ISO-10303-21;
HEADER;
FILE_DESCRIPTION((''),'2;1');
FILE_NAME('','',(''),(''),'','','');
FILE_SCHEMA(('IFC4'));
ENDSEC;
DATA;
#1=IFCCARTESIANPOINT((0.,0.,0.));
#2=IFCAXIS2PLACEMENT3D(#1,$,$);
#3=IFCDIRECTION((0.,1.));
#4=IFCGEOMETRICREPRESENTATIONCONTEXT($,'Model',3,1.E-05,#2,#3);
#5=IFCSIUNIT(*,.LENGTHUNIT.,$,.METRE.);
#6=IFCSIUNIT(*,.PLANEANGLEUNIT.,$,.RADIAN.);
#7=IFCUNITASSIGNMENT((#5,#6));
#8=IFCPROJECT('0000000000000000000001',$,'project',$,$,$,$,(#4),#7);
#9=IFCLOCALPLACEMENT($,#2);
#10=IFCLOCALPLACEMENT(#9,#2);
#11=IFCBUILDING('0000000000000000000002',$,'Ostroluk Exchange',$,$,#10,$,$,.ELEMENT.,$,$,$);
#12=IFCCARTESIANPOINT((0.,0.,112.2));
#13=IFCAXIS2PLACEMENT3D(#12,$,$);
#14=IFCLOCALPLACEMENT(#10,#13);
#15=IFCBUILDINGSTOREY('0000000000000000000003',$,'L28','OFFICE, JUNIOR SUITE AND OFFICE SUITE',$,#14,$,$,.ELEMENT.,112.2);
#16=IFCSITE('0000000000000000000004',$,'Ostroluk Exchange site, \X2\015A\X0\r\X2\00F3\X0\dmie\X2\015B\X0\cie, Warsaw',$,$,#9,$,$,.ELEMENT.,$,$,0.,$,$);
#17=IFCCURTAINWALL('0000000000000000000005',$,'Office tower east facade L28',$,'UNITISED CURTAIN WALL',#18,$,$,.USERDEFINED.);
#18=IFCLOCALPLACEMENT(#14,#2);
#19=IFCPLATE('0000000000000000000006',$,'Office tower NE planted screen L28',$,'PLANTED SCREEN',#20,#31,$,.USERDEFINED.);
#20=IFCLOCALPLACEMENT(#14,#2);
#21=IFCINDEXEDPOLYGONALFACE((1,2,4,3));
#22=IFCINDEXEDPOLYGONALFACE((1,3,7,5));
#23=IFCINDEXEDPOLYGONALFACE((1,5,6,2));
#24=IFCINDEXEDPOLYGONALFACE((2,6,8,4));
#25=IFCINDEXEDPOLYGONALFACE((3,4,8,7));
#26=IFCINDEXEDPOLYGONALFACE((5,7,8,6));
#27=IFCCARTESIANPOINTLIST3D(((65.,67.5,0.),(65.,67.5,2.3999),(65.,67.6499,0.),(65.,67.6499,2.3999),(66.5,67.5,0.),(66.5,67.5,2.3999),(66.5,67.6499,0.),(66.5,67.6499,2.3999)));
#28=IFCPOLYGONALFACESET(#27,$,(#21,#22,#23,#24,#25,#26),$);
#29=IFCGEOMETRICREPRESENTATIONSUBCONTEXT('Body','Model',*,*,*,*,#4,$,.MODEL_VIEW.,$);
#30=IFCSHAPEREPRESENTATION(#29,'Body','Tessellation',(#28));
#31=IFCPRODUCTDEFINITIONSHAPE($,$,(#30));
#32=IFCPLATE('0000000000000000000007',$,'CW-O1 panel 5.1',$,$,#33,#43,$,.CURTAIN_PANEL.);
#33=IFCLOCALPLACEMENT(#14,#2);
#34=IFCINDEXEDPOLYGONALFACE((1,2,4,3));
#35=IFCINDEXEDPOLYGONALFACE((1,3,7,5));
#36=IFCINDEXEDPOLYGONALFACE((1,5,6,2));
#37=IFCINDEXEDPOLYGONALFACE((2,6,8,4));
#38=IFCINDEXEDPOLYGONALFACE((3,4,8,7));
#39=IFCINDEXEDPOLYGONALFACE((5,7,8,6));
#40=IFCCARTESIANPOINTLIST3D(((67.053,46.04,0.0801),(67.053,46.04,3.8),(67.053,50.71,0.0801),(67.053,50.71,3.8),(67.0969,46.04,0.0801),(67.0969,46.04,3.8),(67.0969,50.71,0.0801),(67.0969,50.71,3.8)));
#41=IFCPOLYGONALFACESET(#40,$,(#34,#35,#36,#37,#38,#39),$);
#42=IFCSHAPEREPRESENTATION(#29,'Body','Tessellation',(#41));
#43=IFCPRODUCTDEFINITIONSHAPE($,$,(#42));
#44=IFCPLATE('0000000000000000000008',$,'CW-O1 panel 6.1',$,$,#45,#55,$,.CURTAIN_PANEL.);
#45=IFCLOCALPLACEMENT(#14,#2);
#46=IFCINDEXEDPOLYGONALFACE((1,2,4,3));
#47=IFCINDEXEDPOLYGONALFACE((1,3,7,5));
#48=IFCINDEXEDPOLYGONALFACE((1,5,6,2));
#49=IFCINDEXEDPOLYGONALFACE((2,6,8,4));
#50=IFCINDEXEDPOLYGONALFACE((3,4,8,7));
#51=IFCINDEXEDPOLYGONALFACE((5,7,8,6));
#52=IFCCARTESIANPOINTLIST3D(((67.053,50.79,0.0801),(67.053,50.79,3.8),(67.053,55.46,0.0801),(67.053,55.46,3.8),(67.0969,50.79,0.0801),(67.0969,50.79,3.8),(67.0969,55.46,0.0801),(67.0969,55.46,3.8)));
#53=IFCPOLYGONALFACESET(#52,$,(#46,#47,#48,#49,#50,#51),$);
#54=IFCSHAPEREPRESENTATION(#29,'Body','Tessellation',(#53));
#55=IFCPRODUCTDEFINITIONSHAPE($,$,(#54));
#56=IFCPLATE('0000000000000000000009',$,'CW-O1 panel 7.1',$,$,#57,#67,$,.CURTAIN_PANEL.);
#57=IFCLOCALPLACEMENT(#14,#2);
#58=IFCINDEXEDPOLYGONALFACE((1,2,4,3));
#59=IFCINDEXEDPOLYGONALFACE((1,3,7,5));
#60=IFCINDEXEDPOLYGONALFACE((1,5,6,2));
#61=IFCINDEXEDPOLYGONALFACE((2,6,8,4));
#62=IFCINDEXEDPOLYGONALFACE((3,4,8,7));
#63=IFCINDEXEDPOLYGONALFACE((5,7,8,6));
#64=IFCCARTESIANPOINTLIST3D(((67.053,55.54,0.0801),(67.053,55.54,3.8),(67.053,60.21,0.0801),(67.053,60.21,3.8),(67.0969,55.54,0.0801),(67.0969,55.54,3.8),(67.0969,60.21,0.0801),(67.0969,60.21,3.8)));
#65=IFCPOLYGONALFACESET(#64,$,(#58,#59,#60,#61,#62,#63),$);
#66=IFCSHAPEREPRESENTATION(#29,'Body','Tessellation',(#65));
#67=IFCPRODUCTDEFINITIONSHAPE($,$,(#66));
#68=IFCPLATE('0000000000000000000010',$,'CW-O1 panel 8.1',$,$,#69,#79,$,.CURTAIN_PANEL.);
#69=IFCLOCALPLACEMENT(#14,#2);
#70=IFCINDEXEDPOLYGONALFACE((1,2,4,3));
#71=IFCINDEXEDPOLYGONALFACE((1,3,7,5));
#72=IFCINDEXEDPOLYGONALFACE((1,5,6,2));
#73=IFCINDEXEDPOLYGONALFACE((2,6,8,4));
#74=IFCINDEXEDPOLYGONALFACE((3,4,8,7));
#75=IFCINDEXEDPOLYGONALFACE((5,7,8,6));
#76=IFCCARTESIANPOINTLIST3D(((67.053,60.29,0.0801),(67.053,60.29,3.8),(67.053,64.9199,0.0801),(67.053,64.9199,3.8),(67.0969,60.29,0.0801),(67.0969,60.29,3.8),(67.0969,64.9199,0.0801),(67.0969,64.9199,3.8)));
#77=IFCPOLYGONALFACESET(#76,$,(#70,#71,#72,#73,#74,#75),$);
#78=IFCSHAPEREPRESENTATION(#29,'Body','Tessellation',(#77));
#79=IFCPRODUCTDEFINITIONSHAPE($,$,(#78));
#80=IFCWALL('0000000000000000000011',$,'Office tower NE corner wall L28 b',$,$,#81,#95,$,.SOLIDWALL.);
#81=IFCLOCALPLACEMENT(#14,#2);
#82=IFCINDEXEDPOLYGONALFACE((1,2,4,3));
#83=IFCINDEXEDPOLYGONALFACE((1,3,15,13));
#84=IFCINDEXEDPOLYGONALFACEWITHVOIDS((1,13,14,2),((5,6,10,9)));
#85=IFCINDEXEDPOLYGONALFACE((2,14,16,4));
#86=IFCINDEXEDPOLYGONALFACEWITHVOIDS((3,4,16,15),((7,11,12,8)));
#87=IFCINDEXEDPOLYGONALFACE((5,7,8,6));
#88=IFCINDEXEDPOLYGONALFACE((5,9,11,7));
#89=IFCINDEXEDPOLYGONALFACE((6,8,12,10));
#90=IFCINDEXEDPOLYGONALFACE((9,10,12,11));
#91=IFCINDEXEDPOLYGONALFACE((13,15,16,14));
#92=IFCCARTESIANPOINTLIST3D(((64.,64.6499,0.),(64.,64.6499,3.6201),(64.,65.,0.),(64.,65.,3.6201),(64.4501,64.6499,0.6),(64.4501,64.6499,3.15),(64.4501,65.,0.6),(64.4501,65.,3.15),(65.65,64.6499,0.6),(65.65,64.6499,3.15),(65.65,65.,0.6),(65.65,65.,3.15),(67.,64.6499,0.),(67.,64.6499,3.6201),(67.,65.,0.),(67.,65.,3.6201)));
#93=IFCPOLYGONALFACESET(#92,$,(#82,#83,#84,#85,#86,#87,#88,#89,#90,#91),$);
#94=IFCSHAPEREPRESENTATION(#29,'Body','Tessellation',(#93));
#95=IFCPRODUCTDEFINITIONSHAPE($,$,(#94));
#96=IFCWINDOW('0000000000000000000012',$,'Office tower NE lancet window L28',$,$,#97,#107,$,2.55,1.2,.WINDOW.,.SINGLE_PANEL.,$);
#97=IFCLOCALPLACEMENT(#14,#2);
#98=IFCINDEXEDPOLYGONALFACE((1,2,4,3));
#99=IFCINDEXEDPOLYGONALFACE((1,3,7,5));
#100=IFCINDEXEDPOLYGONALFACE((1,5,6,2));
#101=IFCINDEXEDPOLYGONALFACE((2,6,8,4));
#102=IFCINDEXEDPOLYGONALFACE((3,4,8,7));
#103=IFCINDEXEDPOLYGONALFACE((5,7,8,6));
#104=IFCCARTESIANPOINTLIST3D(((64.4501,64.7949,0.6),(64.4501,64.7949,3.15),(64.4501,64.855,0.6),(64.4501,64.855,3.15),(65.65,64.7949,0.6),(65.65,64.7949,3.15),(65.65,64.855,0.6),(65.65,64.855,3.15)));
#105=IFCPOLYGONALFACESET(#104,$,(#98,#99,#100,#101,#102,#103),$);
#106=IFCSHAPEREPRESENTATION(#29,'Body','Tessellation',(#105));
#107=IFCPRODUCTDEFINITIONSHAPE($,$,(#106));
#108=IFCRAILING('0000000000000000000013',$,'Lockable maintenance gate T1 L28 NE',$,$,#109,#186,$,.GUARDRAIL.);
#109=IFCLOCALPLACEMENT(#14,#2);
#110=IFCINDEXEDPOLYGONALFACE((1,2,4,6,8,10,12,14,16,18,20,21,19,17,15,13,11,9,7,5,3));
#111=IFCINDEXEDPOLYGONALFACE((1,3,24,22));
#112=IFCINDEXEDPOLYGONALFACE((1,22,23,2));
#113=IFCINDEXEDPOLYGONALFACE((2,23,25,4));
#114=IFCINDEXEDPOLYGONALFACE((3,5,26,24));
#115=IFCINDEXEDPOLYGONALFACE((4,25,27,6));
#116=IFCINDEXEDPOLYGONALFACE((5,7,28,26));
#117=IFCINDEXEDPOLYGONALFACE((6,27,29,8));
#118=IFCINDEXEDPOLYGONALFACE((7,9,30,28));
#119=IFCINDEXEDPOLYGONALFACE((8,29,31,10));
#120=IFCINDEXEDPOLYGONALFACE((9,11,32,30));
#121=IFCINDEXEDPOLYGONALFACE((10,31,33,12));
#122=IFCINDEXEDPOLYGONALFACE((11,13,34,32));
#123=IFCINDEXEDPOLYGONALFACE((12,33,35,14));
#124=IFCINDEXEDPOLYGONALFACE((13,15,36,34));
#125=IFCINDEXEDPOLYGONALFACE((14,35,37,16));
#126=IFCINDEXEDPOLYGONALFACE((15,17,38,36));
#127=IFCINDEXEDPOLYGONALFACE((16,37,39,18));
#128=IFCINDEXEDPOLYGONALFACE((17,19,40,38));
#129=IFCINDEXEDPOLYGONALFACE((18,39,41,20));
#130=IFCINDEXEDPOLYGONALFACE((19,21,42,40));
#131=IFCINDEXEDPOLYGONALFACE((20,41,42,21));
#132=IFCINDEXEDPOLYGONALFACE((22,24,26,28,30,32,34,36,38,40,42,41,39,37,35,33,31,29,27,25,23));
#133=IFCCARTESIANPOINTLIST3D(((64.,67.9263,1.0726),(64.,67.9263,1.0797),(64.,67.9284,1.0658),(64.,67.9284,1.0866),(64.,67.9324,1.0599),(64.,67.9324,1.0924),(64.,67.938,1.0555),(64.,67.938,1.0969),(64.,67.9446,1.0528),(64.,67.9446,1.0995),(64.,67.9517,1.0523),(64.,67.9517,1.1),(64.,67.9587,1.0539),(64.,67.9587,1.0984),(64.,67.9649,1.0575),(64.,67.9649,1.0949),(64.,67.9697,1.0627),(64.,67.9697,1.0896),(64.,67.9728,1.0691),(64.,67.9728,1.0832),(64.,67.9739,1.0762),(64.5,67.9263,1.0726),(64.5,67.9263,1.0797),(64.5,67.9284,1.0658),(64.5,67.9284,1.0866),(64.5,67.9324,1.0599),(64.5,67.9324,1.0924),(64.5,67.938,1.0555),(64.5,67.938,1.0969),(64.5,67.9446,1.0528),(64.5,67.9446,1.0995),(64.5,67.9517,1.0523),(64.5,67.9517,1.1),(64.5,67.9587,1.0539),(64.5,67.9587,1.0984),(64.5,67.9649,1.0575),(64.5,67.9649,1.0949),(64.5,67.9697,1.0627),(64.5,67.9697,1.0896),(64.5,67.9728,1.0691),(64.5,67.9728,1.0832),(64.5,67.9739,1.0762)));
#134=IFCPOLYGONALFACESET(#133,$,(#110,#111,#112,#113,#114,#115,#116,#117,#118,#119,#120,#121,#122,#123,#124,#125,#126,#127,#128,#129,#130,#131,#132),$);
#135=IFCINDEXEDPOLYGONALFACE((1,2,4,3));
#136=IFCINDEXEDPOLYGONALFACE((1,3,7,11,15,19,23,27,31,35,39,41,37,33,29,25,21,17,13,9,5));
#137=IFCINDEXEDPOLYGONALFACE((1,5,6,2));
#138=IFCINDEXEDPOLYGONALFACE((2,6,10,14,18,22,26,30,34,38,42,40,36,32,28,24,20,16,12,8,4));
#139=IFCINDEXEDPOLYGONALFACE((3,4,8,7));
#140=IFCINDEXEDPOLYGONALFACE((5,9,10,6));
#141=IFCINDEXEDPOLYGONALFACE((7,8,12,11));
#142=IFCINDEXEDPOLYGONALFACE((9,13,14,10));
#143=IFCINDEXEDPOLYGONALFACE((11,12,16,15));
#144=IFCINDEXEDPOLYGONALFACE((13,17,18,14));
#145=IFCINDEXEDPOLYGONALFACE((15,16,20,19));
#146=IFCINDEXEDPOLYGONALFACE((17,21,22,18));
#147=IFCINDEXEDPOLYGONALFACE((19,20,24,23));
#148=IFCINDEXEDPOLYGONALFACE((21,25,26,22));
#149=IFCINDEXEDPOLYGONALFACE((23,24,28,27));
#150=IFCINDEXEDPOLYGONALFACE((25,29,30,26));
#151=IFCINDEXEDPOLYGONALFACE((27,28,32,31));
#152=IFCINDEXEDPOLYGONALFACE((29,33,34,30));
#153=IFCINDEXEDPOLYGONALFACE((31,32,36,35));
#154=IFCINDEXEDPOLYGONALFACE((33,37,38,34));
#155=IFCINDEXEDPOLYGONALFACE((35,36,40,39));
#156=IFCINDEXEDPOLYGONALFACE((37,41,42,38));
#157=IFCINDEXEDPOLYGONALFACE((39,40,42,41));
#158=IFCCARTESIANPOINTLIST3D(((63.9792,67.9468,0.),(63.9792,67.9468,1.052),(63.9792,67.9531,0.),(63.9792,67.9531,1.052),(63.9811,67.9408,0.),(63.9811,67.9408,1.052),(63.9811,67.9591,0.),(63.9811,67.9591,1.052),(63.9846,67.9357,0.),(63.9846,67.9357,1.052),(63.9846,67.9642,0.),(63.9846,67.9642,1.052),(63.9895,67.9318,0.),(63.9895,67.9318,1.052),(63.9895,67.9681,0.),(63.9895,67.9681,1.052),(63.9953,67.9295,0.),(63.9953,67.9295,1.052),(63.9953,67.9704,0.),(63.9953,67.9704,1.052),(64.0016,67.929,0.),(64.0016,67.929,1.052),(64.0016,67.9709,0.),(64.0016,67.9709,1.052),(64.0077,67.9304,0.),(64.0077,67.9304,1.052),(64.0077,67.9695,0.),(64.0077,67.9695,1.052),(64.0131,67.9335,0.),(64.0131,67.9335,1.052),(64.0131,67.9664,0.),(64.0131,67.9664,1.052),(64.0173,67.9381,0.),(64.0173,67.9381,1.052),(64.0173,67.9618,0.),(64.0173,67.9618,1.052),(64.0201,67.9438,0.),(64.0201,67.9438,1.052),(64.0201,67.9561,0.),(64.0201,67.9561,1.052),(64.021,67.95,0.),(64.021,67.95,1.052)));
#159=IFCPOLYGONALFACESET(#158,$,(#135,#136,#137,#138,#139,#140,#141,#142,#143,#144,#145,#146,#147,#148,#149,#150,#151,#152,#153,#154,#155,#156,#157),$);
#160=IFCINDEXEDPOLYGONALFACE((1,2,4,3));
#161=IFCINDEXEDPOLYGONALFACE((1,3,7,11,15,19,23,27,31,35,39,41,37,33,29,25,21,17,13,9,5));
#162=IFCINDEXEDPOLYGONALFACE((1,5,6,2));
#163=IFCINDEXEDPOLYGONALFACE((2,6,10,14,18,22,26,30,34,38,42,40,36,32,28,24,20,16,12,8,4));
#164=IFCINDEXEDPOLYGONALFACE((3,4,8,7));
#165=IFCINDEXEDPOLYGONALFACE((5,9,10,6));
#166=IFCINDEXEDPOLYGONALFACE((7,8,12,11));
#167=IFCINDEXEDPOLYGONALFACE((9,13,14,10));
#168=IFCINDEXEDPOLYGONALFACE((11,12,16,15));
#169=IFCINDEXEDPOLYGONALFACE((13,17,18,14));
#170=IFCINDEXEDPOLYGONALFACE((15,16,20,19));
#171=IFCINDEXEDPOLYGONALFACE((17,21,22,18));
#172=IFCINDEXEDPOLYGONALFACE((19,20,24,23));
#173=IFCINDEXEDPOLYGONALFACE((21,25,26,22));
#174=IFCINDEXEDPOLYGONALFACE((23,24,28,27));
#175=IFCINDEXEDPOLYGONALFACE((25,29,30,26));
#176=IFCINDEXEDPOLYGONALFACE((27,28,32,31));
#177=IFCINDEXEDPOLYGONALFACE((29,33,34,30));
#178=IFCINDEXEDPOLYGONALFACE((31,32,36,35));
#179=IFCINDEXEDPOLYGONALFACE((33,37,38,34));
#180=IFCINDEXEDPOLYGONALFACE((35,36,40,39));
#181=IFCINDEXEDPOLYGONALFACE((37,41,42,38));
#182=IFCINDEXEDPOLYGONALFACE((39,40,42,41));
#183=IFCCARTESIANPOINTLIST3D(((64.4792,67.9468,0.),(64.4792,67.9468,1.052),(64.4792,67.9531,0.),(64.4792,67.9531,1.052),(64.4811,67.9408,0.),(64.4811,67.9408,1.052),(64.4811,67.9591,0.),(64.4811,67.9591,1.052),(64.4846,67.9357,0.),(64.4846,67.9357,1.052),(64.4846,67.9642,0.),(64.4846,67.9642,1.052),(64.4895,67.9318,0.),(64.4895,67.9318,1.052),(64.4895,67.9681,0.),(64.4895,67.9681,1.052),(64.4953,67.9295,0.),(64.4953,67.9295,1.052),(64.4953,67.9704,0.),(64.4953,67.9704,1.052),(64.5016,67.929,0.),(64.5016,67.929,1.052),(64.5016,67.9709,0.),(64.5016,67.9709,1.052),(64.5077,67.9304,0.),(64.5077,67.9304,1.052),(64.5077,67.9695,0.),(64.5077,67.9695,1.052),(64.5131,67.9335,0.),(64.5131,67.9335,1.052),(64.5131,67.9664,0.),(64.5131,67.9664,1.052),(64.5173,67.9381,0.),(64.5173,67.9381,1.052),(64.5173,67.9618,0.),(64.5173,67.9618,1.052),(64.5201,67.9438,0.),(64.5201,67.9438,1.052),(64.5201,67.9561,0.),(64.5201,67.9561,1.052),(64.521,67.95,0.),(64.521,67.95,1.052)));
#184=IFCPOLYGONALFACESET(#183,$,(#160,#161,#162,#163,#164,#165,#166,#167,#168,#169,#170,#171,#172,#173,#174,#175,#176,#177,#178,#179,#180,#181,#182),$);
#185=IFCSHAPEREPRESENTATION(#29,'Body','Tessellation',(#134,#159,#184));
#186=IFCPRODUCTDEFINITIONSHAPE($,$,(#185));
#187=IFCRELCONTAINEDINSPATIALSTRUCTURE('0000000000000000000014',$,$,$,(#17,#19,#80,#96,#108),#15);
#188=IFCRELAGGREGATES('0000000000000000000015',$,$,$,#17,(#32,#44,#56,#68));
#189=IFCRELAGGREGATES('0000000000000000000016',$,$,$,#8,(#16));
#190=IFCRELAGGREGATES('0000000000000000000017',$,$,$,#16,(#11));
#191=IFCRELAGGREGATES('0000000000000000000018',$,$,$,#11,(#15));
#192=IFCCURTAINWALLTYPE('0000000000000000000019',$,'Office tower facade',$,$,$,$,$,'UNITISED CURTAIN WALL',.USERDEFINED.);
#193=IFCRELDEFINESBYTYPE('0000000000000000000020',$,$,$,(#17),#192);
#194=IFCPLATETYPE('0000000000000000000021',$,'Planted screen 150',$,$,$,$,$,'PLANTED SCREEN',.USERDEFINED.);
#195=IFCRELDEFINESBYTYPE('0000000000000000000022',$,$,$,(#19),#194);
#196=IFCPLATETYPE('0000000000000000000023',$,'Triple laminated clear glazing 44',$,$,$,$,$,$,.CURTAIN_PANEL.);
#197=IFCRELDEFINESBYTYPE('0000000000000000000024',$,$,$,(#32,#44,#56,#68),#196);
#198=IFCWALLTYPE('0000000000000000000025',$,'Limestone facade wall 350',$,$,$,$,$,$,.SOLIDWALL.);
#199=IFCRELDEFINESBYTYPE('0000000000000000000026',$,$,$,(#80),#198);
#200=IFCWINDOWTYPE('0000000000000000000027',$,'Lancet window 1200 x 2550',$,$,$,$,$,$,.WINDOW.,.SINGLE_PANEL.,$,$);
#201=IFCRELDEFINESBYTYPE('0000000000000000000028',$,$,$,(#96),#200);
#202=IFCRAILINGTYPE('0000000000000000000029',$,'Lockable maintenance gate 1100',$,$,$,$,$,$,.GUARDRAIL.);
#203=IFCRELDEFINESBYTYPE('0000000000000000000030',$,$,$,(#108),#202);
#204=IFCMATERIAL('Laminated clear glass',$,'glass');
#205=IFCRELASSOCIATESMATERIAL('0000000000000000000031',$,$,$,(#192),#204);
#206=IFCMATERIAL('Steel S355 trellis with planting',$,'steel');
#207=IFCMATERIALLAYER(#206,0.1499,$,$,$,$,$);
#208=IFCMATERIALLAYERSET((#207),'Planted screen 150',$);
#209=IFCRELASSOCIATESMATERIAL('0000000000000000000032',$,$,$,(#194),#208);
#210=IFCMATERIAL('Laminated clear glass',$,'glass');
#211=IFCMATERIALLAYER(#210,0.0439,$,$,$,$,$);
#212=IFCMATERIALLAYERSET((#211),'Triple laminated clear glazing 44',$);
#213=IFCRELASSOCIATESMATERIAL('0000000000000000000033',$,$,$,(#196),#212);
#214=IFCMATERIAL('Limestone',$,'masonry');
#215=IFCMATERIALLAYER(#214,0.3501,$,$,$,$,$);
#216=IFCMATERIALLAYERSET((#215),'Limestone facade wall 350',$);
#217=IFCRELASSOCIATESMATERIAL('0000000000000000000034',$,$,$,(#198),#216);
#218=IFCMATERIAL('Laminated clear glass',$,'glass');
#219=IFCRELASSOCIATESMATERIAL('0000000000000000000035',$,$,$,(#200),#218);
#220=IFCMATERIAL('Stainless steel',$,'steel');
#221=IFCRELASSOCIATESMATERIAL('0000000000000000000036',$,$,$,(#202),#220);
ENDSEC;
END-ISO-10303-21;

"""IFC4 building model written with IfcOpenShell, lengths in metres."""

from ifc_helpers import new_model, si_unit, direction, frame, frame_2d, origin, origin_2d, place, context, subcontext, project, spatial, rectangle, circle, extrude, material, layer, layer_set, type_object, element, fill, aggregate, save


model = new_model("IFC4")

# Units and contexts
model_context = context("Model", 3, precision=1e-05, world=origin(), true_north=direction((0.0, 1.0)))
body_context = subcontext(model_context, "Body", "Model", "MODEL_VIEW")
ifc_project = project(units=[si_unit("LENGTHUNIT", "METRE"), si_unit("PLANEANGLEUNIT", "RADIAN")], contexts=[model_context])

# Site, building, storey
site_placement = place(None, origin())
site = spatial("IfcSite", under=ifc_project, at=site_placement, Name="Ostroluk Exchange site, Śródmieście, Warsaw", CompositionType="ELEMENT", RefElevation=0.0)
building_placement = place(site_placement, origin())
building = spatial("IfcBuilding", under=site, at=building_placement, Name="Ostroluk Exchange", CompositionType="ELEMENT")
storey_placement = place(building_placement, frame((0.0, 0.0, 112.2)))
storey = spatial("IfcBuildingStorey", under=building, at=storey_placement, Name="L28", Description="OFFICE, JUNIOR SUITE AND OFFICE SUITE", CompositionType="ELEMENT", Elevation=112.2)

# Curtain wall
ifc_material_1 = material(Name="Laminated clear glass", Category="glass")
curtain_wall_type = type_object("IfcCurtainWallType", Name="Office tower facade", ElementType="UNITISED CURTAIN WALL", PredefinedType="USERDEFINED", material=ifc_material_1)
curtain_wall_placement = place(storey_placement, origin())
curtain_wall = element("IfcCurtainWall", 1, at=curtain_wall_placement, inside=storey, type_object=curtain_wall_type, Name="Office tower east facade L28", ObjectType="UNITISED CURTAIN WALL", PredefinedType="USERDEFINED")

# Plates
ifc_material_2 = material(Name="Steel S355 trellis with planting", Category="steel")
ifc_layer_1 = layer(ifc_material_2, 0.1499)
ifc_layer_set_1 = layer_set([ifc_layer_1], Name="Planted screen 150")
plate_type_1 = type_object("IfcPlateType", Name="Planted screen 150", ElementType="PLANTED SCREEN", PredefinedType="USERDEFINED", material=ifc_layer_set_1)
plate_1_placement = place(storey_placement, frame((65.75, 67.575, 0.0), z_axis=(0.0, 0.0, 1.0), x_axis=(1.0, 0.0, 0.0)))
element("IfcPlate", 2, at=plate_1_placement, inside=storey, type_object=plate_type_1, Name="Office tower NE planted screen L28", ObjectType="PLANTED SCREEN", PredefinedType="USERDEFINED", context=body_context, shape_type="SweptSolid", body=[
    extrude(rectangle(XDim=1.5, YDim=0.1499, at=origin_2d()), origin(), (0.0, 0.0, 1.0), 2.3999),
])
ifc_material_3 = material(Name="Laminated clear glass", Category="glass")
ifc_layer_2 = layer(ifc_material_3, 0.0439)
ifc_layer_set_2 = layer_set([ifc_layer_2], Name="Triple laminated clear glazing 44")
plate_type_2 = type_object("IfcPlateType", Name="Triple laminated clear glazing 44", PredefinedType="CURTAIN_PANEL", material=ifc_layer_set_2)
plate_2_placement = place(storey_placement, frame((67.075, 48.375, 0.0801), z_axis=(0.0, 0.0, 1.0), x_axis=(0.0, 1.0, 0.0)))
plate_2 = element("IfcPlate", 3, at=plate_2_placement, type_object=plate_type_2, Name="CW-O1 panel 5.1", PredefinedType="CURTAIN_PANEL", context=body_context, shape_type="SweptSolid", body=[
    extrude(rectangle(XDim=4.6699, YDim=0.0439, at=origin_2d()), origin(), (0.0, 0.0, 1.0), 3.72),
])
plate_3_placement = place(storey_placement, frame((67.075, 53.125, 0.0801), z_axis=(0.0, 0.0, 1.0), x_axis=(0.0, 1.0, 0.0)))
plate_3 = element("IfcPlate", 4, at=plate_3_placement, type_object=plate_type_2, Name="CW-O1 panel 6.1", PredefinedType="CURTAIN_PANEL", context=body_context, shape_type="SweptSolid", body=[
    extrude(rectangle(XDim=4.6699, YDim=0.0439, at=origin_2d()), origin(), (0.0, 0.0, 1.0), 3.72),
])
plate_4_placement = place(storey_placement, frame((67.075, 57.875, 0.0801), z_axis=(0.0, 0.0, 1.0), x_axis=(0.0, 1.0, 0.0)))
plate_4 = element("IfcPlate", 5, at=plate_4_placement, type_object=plate_type_2, Name="CW-O1 panel 7.1", PredefinedType="CURTAIN_PANEL", context=body_context, shape_type="SweptSolid", body=[
    extrude(rectangle(XDim=4.6699, YDim=0.0439, at=origin_2d()), origin(), (0.0, 0.0, 1.0), 3.72),
])
plate_5_placement = place(storey_placement, frame((67.075, 62.605, 0.0801), z_axis=(0.0, 0.0, 1.0), x_axis=(0.0, 1.0, 0.0)))
plate_5 = element("IfcPlate", 6, at=plate_5_placement, type_object=plate_type_2, Name="CW-O1 panel 8.1", PredefinedType="CURTAIN_PANEL", context=body_context, shape_type="SweptSolid", body=[
    extrude(rectangle(XDim=4.6299, YDim=0.0439, at=origin_2d()), origin(), (0.0, 0.0, 1.0), 3.72),
])
aggregate(curtain_wall, [plate_2, plate_3, plate_4, plate_5])

# Wall, opening, window
ifc_material_4 = material(Name="Limestone", Category="masonry")
ifc_layer_3 = layer(ifc_material_4, 0.3501)
ifc_layer_set_3 = layer_set([ifc_layer_3], Name="Limestone facade wall 350")
wall_type = type_object("IfcWallType", Name="Limestone facade wall 350", PredefinedType="SOLIDWALL", material=ifc_layer_set_3)
wall_placement = place(storey_placement, frame((64.0, 64.825, 0.0), z_axis=(0.0, 0.0, 1.0), x_axis=(1.0, 0.0, 0.0)))
wall = element("IfcWall", 7, at=wall_placement, inside=storey, type_object=wall_type, Name="Office tower NE corner wall L28 b", PredefinedType="SOLIDWALL", context=body_context, shape_type="SweptSolid", body=[
    extrude(rectangle(XDim=3.0, YDim=0.3501, at=frame_2d((1.5, 0.0))), origin(), (0.0, 0.0, 1.0), 3.6201),
])
opening_placement = place(wall_placement, frame((0.45, 0.0, 0.6001)))
opening = element("IfcOpeningElement", 8, at=opening_placement, cuts=wall, PredefinedType="OPENING", context=body_context, shape_type="SweptSolid", body=[
    extrude(rectangle(XDim=1.2, YDim=2.55, at=frame_2d((0.6001, 1.2749))), frame((0.0, 0.1851, 0.0), z_axis=(0.0, -1.0, 0.0), x_axis=(1.0, 0.0, 0.0)), (0.0, 0.0, 1.0), 0.3701),
])
ifc_material_5 = material(Name="Laminated clear glass", Category="glass")
window_type = type_object("IfcWindowType", Name="Lancet window 1200 x 2550", PartitioningType="SINGLE_PANEL", PredefinedType="WINDOW", material=ifc_material_5)
window_placement = place(opening_placement, origin())
window = element("IfcWindow", 9, at=window_placement, inside=storey, type_object=window_type, Name="Office tower NE lancet window L28", OverallHeight=2.55, OverallWidth=1.2, PartitioningType="SINGLE_PANEL", PredefinedType="WINDOW", context=body_context, shape_type="SweptSolid", body=[
    extrude(rectangle(XDim=1.2, YDim=2.55, at=frame_2d((0.6001, 1.2749))), frame((0.0, 0.03, 0.0), z_axis=(0.0, -1.0, 0.0), x_axis=(1.0, 0.0, 0.0)), (0.0, 0.0, 1.0), 0.0601),
])
fill(opening, window)

# Railing
ifc_material_6 = material(Name="Stainless steel", Category="steel")
railing_type_1 = type_object("IfcRailingType", Name="Lockable maintenance gate 1100", PredefinedType="GUARDRAIL", material=ifc_material_6)
railing_1_placement = place(storey_placement, frame((64.0, 67.95, 0.0)))
element("IfcRailing", 10, at=railing_1_placement, inside=storey, type_object=railing_type_1, Name="Lockable maintenance gate T1 L28 NE", PredefinedType="GUARDRAIL", context=body_context, shape_type="SweptSolid", body=[
    extrude(circle(Radius=0.0239, at=origin_2d()), frame((0.0, 0.0, 1.0762), z_axis=(1.0, 0.0, 0.0), x_axis=(0.0, 1.0, 0.0)), (0.0, 0.0, 1.0), 0.5),
    extrude(circle(Radius=0.021, at=origin_2d()), origin(), (0.0, 0.0, 1.0), 1.052),
    extrude(circle(Radius=0.021, at=origin_2d()), frame((0.5, 0.0, 0.0)), (0.0, 0.0, 1.0), 1.052),
])

save(model, "model.ifc")
